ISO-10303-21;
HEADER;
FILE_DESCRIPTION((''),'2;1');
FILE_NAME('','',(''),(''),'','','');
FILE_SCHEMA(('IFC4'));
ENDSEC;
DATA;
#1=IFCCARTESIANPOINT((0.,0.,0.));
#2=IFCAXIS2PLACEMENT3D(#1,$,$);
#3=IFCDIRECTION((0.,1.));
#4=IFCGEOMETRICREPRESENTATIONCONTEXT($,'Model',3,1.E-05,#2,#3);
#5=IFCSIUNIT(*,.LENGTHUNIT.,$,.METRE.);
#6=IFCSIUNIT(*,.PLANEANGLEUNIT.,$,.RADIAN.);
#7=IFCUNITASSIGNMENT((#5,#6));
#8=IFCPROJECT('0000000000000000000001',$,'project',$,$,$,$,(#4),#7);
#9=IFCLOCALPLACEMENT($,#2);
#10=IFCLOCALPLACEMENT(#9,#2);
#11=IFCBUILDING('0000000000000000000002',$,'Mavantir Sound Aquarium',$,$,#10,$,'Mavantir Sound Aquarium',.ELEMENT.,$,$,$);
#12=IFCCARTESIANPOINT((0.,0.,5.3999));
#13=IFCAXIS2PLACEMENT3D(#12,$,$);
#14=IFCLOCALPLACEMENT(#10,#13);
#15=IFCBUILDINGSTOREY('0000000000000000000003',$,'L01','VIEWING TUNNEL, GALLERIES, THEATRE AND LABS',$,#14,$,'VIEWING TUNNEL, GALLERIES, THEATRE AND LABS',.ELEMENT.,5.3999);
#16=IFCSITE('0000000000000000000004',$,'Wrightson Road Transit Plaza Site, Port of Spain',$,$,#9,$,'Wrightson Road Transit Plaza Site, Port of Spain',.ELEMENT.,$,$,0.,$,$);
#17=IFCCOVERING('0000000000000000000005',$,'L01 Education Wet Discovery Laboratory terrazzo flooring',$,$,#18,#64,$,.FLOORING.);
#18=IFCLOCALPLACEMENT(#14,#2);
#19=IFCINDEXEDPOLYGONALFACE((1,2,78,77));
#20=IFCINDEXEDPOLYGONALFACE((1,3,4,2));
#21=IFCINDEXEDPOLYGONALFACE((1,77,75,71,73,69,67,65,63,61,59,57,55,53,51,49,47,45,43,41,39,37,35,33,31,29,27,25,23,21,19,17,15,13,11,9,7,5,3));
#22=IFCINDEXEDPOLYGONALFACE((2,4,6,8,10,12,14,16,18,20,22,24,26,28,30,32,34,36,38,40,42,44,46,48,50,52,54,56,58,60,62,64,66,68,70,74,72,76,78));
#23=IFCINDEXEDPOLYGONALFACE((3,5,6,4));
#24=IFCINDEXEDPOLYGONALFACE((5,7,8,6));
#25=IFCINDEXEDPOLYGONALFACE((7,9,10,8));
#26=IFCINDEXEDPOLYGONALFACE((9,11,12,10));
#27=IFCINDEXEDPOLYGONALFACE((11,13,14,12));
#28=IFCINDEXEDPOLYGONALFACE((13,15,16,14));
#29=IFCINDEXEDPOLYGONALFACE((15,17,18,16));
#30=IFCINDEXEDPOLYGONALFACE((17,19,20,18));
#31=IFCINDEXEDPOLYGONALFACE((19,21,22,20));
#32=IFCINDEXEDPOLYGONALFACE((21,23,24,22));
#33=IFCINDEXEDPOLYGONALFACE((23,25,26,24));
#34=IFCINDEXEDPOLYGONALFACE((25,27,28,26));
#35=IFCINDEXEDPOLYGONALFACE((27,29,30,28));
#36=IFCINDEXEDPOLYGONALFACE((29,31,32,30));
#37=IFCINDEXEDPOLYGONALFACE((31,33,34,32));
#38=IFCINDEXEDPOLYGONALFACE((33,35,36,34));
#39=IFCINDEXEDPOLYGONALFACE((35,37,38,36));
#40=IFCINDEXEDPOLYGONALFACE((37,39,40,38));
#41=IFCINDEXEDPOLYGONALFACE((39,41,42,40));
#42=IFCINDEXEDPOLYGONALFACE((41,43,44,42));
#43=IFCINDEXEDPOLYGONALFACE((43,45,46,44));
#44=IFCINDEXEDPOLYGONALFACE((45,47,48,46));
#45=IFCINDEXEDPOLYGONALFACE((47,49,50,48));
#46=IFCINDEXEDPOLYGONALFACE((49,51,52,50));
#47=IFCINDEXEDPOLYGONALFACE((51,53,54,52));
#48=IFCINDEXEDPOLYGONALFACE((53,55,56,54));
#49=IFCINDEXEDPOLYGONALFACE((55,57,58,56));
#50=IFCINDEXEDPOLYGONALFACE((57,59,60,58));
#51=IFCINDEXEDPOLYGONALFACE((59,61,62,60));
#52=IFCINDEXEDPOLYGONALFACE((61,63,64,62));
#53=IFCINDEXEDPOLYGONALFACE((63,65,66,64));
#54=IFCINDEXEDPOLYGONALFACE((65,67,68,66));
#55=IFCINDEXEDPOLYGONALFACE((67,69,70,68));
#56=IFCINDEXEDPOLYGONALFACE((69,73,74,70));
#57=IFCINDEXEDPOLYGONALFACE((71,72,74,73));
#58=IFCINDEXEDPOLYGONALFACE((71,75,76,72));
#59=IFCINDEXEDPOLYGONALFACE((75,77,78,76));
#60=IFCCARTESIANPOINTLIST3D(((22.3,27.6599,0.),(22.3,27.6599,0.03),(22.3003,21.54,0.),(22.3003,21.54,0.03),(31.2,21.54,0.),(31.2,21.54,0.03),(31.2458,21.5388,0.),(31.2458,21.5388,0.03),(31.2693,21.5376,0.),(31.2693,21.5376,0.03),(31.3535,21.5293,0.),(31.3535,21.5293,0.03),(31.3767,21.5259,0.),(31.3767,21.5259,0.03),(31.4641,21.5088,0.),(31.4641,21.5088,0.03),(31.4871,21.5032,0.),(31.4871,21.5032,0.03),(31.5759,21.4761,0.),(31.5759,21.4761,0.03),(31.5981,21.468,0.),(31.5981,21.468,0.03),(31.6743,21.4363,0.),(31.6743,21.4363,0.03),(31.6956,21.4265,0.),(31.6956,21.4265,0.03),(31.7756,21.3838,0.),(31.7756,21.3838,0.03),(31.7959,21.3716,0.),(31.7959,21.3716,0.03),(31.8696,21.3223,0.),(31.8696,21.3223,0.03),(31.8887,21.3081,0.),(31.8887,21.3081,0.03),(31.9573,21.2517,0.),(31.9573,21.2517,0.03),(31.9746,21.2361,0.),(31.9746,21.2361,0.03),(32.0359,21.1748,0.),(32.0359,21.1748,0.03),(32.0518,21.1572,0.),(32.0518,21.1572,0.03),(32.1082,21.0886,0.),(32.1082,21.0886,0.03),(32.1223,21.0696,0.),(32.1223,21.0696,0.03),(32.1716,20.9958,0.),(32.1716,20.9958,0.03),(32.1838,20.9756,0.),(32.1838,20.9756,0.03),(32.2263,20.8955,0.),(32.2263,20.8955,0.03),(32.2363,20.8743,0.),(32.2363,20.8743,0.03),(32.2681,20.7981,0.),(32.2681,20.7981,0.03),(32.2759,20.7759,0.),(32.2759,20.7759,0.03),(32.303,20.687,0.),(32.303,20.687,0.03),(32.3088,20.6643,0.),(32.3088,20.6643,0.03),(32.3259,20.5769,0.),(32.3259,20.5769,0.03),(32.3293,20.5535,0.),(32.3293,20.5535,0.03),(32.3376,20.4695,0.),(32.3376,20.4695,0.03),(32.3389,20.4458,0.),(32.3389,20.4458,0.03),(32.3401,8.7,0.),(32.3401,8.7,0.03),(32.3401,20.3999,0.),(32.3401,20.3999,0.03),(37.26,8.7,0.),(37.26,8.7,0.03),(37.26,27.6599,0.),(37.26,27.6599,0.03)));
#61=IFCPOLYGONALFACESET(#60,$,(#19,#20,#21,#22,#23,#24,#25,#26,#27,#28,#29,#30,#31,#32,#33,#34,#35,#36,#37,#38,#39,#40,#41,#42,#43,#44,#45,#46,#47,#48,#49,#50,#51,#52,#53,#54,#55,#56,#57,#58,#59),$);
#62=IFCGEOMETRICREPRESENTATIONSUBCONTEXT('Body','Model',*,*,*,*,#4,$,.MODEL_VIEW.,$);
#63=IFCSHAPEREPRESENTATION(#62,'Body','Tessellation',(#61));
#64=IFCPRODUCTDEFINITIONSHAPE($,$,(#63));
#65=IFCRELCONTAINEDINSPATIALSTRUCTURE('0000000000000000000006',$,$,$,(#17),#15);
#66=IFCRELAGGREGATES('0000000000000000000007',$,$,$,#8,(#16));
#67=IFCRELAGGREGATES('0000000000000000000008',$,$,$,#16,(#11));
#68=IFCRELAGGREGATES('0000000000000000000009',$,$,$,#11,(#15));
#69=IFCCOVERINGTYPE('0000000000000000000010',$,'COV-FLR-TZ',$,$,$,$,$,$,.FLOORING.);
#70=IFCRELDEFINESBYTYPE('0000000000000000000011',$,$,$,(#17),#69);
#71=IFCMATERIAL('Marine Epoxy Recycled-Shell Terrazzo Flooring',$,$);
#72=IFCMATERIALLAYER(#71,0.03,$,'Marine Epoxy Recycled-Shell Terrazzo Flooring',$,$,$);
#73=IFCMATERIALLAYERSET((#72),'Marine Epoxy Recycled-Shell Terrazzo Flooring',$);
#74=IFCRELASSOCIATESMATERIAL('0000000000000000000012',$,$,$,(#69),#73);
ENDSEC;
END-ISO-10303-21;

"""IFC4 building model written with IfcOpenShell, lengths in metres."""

from ifc_helpers import new_model, si_unit, direction, frame, origin, place, context, subcontext, project, spatial, polyline, outline, extrude, material, layer, layer_set, type_object, element, save


model = new_model("IFC4")

# Units and contexts
model_context = context("Model", 3, precision=1e-05, world=origin(), true_north=direction((0.0, 1.0)))
body_context = subcontext(model_context, "Body", "Model", "MODEL_VIEW")
ifc_project = project(units=[si_unit("LENGTHUNIT", "METRE"), si_unit("PLANEANGLEUNIT", "RADIAN")], contexts=[model_context])

# Site, building, storey
site_placement = place(None, origin())
site = spatial("IfcSite", under=ifc_project, at=site_placement, Name="Wrightson Road Transit Plaza Site, Port of Spain", LongName="Wrightson Road Transit Plaza Site, Port of Spain", CompositionType="ELEMENT", RefElevation=0.0)
building_placement = place(site_placement, origin())
building = spatial("IfcBuilding", under=site, at=building_placement, Name="Mavantir Sound Aquarium", LongName="Mavantir Sound Aquarium", CompositionType="ELEMENT")
storey_placement = place(building_placement, frame((0.0, 0.0, 5.3999)))
storey = spatial("IfcBuildingStorey", under=building, at=storey_placement, Name="L01", Description="VIEWING TUNNEL, GALLERIES, THEATRE AND LABS", LongName="VIEWING TUNNEL, GALLERIES, THEATRE AND LABS", CompositionType="ELEMENT", Elevation=5.3999)

# Covering
ifc_material_1 = material(Name="Marine Epoxy Recycled-Shell Terrazzo Flooring")
ifc_layer_1 = layer(ifc_material_1, 0.03, Name="Marine Epoxy Recycled-Shell Terrazzo Flooring")
ifc_layer_set_1 = layer_set([ifc_layer_1], Name="Marine Epoxy Recycled-Shell Terrazzo Flooring")
covering_type_1 = type_object("IfcCoveringType", Name="COV-FLR-TZ", PredefinedType="FLOORING", material=ifc_layer_set_1)
covering_1_placement = place(storey_placement, origin())
element("IfcCovering", 1, at=covering_1_placement, inside=storey, type_object=covering_type_1, Name="L01 Education Wet Discovery Laboratory terrazzo flooring", PredefinedType="FLOORING", context=body_context, shape_type="SweptSolid", body=[
    extrude(outline(polyline([(32.3401, 20.3999), (32.3389, 20.4458), (32.3376, 20.4695), (32.3293, 20.5535), (32.3259, 20.5769), (32.3088, 20.6643), (32.303, 20.687), (32.2759, 20.7759), (32.2681, 20.7981), (32.2363, 20.8743), (32.2263, 20.8955), (32.1838, 20.9756), (32.1716, 20.9958), (32.1223, 21.0696), (32.1082, 21.0886), (32.0518, 21.1572), (32.0359, 21.1748), (31.9746, 21.2361), (31.9573, 21.2517), (31.8887, 21.3081), (31.8696, 21.3223), (31.7959, 21.3716), (31.7756, 21.3838), (31.6956, 21.4265), (31.6743, 21.4363), (31.5981, 21.468), (31.5759, 21.4761), (31.4871, 21.5032), (31.4641, 21.5088), (31.3767, 21.5259), (31.3535, 21.5293), (31.2693, 21.5376), (31.2458, 21.5388), (31.2, 21.54), (22.3003, 21.54), (22.3, 27.6599), (37.26, 27.6599), (37.26, 8.7), (32.3401, 8.7), (32.3401, 20.3999)])), origin(), (0.0, 0.0, 1.0), 0.03),
])

save(model, "model.ifc")
